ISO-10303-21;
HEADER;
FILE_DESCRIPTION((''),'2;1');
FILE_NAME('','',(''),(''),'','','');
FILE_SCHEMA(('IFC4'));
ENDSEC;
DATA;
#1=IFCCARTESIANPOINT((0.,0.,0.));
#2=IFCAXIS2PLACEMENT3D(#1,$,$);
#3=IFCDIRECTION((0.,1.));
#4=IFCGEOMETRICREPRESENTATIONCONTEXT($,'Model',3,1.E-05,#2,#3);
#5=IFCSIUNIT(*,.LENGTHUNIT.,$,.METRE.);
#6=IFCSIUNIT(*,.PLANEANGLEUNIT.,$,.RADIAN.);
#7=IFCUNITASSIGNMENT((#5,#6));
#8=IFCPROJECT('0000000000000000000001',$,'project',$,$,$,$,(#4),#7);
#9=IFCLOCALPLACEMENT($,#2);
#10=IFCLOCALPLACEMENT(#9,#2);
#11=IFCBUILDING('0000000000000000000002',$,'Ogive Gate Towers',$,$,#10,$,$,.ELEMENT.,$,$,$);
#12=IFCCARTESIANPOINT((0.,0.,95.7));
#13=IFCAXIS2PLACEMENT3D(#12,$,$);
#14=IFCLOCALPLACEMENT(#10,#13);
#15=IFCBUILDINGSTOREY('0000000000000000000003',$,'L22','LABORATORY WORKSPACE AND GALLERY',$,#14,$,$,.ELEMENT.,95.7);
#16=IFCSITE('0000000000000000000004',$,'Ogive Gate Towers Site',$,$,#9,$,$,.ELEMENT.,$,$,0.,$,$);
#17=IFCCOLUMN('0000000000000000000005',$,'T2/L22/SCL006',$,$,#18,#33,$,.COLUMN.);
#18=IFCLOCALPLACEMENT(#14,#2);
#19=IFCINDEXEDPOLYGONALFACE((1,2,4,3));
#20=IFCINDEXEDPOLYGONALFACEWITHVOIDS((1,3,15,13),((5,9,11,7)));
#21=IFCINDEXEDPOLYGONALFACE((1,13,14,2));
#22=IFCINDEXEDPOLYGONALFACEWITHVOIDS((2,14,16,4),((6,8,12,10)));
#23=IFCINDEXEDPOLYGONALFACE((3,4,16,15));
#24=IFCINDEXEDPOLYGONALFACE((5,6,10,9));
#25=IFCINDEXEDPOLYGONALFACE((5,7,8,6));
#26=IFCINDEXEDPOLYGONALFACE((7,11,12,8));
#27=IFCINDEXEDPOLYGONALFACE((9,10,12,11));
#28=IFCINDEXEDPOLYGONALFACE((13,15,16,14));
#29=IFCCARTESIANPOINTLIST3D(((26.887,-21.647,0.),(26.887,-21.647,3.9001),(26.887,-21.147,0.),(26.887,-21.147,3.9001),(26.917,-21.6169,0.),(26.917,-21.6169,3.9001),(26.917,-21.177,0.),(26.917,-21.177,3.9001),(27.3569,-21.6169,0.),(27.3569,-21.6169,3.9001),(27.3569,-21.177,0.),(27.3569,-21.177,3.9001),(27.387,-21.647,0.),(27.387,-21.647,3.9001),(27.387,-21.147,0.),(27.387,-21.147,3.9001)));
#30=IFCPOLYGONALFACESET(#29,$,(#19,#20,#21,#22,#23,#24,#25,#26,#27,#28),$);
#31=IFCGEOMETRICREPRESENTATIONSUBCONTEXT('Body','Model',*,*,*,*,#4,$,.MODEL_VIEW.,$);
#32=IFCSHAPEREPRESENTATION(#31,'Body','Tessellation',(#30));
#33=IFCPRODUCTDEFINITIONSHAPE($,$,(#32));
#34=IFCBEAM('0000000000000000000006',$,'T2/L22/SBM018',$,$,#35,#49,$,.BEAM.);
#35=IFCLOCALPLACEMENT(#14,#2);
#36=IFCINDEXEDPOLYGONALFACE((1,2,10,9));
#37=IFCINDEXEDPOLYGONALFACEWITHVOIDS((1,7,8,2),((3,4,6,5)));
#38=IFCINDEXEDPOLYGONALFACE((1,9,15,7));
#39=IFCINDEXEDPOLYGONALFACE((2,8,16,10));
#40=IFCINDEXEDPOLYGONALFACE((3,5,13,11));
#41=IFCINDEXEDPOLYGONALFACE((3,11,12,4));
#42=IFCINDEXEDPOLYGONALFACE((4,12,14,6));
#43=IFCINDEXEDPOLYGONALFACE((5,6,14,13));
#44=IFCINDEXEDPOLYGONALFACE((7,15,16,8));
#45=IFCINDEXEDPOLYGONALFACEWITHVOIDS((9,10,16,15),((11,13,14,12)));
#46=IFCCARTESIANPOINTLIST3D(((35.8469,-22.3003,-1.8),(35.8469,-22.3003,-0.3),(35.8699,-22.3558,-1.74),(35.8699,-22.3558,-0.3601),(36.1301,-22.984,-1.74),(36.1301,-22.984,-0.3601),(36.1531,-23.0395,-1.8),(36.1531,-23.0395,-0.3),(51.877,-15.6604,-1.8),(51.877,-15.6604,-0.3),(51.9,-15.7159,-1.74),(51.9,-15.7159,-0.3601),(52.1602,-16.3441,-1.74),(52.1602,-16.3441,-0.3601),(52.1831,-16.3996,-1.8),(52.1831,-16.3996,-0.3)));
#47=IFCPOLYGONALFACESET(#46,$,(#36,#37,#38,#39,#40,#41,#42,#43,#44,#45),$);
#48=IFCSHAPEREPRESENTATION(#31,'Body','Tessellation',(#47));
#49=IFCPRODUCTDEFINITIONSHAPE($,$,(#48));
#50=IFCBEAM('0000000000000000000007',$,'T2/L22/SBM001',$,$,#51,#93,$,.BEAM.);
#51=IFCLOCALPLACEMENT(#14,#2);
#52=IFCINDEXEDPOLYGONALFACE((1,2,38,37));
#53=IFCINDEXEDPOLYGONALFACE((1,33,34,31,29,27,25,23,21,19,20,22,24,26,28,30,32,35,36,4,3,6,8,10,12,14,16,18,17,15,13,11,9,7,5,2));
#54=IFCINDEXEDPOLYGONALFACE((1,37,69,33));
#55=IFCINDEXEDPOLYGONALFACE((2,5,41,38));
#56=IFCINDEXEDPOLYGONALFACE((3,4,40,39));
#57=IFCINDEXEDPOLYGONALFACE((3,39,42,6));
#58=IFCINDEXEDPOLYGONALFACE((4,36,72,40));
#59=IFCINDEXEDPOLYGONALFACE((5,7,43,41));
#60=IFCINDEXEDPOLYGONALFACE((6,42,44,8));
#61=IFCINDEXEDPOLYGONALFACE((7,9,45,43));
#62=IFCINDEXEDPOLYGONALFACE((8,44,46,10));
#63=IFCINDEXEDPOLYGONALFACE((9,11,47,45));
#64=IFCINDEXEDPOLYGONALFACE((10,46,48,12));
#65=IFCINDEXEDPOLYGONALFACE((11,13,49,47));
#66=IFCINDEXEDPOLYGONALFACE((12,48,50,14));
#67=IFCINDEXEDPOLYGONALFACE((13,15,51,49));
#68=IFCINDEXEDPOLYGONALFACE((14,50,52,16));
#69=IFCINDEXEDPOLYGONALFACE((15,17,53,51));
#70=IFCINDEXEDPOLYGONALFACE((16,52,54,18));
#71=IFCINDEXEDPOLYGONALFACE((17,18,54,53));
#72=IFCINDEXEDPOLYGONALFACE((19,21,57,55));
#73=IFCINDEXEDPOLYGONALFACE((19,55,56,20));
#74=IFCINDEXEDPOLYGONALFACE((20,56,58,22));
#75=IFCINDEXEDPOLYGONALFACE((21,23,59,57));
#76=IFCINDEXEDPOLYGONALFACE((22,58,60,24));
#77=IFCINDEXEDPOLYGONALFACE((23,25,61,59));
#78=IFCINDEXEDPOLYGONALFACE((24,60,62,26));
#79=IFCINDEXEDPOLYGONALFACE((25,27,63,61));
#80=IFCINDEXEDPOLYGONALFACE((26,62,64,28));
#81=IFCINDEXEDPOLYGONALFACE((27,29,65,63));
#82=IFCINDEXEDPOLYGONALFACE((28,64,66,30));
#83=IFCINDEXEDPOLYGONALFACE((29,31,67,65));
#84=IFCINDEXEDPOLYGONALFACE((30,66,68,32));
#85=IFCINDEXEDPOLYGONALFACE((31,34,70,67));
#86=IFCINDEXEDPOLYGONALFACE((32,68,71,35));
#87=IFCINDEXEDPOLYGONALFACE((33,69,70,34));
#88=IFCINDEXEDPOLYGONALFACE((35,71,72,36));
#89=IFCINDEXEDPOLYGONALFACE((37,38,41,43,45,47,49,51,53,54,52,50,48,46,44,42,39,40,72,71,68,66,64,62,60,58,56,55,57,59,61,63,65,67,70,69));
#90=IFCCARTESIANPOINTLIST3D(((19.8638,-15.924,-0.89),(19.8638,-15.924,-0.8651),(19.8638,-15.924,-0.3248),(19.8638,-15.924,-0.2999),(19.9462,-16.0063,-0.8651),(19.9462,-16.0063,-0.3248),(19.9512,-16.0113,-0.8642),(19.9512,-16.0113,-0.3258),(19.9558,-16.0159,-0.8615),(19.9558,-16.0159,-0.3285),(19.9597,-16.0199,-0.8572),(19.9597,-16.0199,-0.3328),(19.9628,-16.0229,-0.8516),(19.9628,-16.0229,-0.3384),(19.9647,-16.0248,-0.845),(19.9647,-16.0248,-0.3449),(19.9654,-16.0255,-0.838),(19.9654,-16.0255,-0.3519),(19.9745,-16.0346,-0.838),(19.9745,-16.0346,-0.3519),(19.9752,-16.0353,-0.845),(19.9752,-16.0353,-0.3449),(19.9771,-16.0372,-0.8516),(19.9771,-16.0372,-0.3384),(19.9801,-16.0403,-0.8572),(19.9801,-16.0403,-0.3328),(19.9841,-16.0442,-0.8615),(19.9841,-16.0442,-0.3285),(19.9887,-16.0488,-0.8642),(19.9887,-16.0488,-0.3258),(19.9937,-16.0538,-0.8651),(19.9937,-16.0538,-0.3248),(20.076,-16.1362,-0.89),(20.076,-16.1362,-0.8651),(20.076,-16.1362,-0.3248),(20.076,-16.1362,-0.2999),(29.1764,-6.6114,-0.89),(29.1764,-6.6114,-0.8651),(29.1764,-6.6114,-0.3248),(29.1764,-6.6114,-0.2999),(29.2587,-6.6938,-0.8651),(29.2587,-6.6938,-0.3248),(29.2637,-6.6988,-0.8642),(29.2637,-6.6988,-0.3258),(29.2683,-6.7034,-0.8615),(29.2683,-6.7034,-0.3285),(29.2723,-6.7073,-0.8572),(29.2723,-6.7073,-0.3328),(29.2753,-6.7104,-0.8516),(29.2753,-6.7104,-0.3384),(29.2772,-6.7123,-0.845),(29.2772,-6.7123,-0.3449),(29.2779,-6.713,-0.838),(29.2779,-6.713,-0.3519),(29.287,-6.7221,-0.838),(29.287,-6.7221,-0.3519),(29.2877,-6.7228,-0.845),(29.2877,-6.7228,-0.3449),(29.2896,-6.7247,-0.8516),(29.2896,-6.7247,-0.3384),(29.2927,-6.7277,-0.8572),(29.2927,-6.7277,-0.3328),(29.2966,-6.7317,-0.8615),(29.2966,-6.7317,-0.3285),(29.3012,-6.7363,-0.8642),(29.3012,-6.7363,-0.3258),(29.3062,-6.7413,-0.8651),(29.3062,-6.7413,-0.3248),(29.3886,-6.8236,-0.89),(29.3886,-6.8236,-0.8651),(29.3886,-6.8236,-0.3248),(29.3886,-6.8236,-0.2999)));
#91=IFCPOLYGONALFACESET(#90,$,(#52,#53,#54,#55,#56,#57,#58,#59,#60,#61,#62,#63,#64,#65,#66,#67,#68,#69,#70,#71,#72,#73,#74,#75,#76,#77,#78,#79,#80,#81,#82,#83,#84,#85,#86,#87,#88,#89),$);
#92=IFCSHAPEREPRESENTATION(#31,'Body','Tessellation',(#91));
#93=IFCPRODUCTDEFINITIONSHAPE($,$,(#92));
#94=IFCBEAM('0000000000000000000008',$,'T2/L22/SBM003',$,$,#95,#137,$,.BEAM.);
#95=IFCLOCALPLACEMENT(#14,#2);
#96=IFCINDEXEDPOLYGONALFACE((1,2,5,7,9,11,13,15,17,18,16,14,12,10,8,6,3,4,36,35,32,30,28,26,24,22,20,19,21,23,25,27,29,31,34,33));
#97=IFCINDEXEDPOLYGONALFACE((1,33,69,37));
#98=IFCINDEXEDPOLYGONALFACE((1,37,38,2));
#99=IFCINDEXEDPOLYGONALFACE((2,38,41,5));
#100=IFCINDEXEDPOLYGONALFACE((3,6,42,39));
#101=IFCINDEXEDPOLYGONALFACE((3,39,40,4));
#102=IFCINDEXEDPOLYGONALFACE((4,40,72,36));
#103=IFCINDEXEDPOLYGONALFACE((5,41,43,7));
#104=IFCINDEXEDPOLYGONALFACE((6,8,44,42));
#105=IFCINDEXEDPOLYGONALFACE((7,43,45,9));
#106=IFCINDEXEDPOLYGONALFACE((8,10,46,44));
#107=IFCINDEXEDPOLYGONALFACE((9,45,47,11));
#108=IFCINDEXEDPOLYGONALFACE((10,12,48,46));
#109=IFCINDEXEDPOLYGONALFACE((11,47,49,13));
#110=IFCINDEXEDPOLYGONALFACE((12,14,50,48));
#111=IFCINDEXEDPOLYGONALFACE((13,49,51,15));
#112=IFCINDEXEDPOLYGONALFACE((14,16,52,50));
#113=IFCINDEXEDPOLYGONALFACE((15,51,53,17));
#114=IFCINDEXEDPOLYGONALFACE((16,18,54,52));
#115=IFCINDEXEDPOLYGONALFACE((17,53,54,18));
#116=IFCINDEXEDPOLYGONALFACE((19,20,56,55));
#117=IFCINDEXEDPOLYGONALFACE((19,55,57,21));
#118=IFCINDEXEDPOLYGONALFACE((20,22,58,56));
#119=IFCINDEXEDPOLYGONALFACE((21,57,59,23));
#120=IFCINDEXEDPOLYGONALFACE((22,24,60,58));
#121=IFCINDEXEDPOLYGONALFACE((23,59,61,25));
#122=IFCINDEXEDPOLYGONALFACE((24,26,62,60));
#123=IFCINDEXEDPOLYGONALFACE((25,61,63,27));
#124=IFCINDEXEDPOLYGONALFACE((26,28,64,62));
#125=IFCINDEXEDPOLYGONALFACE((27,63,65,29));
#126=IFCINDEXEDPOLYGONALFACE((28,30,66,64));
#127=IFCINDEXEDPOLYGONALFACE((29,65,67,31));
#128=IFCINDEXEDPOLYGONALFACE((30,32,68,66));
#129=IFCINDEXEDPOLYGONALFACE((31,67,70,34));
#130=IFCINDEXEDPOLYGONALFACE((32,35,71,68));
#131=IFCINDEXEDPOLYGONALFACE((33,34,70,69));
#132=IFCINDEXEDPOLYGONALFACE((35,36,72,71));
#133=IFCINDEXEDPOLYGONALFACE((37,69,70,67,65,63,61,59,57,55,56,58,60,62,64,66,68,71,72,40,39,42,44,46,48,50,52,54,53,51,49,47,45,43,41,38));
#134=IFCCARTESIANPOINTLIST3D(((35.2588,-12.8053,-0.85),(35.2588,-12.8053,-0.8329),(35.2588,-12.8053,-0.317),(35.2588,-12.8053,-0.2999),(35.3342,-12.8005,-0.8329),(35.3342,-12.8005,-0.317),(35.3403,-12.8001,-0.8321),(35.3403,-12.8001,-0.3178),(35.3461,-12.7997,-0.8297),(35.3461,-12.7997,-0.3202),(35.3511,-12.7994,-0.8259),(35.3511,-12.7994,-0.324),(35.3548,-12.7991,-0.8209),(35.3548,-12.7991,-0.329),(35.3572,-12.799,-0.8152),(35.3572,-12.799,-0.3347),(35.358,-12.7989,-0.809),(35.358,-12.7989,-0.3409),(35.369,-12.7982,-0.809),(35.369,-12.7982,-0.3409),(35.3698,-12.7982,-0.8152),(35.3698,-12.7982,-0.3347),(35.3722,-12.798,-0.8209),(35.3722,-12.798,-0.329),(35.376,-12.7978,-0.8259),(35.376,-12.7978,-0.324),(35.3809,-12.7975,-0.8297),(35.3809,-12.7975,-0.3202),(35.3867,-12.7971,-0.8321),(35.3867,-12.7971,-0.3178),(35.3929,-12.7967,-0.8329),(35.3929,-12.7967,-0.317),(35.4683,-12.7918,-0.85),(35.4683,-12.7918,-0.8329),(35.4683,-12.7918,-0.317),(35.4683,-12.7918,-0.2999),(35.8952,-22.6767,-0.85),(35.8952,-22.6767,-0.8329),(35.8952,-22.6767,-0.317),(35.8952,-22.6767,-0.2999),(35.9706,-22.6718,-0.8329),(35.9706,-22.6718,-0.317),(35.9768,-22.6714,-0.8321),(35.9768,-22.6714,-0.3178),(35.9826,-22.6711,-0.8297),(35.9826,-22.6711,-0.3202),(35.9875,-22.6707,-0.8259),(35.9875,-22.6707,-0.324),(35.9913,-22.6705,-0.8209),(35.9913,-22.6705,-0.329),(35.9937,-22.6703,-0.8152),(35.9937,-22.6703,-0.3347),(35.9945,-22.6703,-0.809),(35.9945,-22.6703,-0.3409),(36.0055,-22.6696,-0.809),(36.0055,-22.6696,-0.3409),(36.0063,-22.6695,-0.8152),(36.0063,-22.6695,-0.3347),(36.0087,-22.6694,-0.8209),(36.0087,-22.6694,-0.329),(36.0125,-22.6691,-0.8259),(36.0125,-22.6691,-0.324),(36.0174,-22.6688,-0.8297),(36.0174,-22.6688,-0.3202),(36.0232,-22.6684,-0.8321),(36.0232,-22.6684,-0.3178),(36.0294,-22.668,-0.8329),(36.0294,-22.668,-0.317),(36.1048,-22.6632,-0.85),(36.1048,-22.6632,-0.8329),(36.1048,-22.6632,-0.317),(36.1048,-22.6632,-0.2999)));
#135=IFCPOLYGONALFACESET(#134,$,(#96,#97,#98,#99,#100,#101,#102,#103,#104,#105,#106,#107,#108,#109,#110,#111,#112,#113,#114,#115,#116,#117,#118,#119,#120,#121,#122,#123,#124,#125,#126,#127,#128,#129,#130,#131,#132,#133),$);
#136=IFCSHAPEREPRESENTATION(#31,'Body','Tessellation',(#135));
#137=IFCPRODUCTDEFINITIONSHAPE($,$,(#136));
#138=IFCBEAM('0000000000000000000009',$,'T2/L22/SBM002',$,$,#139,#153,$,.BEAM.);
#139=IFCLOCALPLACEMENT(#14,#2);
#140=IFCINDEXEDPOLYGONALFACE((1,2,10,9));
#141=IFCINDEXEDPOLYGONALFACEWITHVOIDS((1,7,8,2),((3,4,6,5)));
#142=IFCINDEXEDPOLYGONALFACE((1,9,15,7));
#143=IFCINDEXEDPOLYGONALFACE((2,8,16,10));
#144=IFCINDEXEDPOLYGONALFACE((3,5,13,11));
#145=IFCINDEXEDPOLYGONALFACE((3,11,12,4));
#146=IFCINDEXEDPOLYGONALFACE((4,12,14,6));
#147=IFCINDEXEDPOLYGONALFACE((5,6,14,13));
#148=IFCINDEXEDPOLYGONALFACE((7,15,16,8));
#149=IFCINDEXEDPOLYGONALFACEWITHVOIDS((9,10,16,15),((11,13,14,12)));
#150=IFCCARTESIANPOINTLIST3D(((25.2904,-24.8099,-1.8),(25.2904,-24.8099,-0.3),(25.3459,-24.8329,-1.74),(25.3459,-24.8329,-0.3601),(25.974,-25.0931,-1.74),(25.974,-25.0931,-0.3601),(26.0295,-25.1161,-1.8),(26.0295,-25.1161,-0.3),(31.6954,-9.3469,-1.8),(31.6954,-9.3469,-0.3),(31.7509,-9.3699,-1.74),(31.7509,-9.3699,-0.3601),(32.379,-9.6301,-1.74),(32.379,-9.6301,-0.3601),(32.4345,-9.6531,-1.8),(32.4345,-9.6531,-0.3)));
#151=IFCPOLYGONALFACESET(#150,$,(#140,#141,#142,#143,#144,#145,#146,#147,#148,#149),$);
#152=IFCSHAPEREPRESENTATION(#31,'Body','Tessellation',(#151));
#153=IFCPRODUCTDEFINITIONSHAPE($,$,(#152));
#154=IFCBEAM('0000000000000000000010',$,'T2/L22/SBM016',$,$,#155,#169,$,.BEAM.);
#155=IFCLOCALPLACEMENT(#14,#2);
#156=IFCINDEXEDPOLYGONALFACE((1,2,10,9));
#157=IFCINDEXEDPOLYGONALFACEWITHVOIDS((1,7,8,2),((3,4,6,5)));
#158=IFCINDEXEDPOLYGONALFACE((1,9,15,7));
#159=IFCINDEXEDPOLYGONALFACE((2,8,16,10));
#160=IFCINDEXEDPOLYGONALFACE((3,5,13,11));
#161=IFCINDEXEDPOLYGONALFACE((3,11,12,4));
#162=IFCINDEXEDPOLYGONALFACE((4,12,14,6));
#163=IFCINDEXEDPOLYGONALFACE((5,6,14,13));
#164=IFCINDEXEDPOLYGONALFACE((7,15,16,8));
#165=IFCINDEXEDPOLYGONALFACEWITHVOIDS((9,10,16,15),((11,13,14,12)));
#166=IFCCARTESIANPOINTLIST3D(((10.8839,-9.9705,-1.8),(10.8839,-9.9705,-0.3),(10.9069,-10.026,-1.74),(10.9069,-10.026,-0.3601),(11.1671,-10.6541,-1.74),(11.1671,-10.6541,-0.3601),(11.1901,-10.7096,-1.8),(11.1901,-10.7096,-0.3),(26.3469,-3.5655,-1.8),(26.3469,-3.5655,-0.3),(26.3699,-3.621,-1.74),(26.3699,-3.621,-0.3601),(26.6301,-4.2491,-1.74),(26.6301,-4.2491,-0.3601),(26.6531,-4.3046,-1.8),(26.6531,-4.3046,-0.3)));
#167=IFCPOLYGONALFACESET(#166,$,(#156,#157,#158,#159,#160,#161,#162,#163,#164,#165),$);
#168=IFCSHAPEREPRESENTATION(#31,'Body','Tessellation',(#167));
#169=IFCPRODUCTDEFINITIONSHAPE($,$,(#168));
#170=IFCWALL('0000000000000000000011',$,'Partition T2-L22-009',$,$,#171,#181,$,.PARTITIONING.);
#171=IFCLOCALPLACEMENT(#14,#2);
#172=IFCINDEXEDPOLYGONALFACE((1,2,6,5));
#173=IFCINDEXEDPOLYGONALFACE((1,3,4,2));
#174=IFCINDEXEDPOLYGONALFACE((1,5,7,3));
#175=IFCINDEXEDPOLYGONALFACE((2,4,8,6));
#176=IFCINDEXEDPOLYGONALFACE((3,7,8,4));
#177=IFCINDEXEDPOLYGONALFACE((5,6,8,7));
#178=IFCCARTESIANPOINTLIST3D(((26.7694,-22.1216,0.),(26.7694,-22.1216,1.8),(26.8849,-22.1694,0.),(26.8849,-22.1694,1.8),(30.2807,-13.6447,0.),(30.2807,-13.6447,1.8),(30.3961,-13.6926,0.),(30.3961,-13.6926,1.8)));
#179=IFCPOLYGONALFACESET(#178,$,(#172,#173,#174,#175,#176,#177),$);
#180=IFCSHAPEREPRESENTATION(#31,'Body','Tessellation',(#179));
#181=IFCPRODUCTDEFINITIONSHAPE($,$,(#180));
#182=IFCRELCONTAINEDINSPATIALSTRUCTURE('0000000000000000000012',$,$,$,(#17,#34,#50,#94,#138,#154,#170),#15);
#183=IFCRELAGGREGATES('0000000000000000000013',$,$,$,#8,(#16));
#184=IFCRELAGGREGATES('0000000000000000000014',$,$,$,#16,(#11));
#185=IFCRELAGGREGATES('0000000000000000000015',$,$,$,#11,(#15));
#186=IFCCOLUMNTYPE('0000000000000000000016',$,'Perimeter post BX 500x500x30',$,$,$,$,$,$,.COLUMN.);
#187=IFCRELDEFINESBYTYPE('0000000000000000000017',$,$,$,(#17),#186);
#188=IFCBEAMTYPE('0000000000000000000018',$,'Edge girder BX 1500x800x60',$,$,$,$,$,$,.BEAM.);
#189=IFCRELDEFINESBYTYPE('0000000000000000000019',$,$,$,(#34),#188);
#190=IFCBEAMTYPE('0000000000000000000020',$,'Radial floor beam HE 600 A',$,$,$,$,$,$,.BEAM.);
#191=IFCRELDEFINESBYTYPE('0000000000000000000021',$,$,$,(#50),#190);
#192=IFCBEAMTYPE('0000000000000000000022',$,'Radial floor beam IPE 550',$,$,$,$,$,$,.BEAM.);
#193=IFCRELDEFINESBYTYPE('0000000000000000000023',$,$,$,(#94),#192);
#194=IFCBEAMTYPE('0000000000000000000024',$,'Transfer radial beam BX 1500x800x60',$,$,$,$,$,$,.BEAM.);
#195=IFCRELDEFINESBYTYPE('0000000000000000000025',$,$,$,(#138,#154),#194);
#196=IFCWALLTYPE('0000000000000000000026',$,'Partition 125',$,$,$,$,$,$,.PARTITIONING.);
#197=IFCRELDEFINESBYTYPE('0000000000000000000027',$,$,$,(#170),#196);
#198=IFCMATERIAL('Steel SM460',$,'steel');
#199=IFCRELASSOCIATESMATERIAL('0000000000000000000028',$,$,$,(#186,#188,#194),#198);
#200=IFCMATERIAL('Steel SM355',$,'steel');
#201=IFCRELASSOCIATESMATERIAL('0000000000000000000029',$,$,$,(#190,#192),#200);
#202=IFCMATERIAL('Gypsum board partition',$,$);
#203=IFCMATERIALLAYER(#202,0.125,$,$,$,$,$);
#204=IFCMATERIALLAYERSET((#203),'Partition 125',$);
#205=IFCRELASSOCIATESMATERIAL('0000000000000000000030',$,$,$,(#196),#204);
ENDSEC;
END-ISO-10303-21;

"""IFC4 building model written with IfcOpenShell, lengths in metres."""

from ifc_helpers import new_model, si_unit, direction, frame, frame_2d, origin, origin_2d, place, context, subcontext, project, spatial, rectangle, hollow_rectangle, i_section, extrude, material, layer, layer_set, material_profile, profile_set, type_object, element, save


model = new_model("IFC4")

# Units and contexts
model_context = context("Model", 3, precision=1e-05, world=origin(), true_north=direction((0.0, 1.0)))
body_context = subcontext(model_context, "Body", "Model", "MODEL_VIEW")
ifc_project = project(units=[si_unit("LENGTHUNIT", "METRE"), si_unit("PLANEANGLEUNIT", "RADIAN")], contexts=[model_context])

# Site, building, storey
site_placement = place(None, origin())
site = spatial("IfcSite", under=ifc_project, at=site_placement, Name="Ogive Gate Towers Site", CompositionType="ELEMENT", RefElevation=0.0)
building_placement = place(site_placement, origin())
building = spatial("IfcBuilding", under=site, at=building_placement, Name="Ogive Gate Towers", CompositionType="ELEMENT")
storey_placement = place(building_placement, frame((0.0, 0.0, 95.7)))
storey = spatial("IfcBuildingStorey", under=building, at=storey_placement, Name="L22", Description="LABORATORY WORKSPACE AND GALLERY", CompositionType="ELEMENT", Elevation=95.7)

# Column
ifc_material_1 = material(Name="Steel SM460", Category="steel")
ifc_material_profile_1 = material_profile(ifc_material_1, hollow_rectangle(XDim=0.5, YDim=0.5, WallThickness=0.03, at=origin_2d()), Name="BX 500x500x30")
ifc_profile_set_1 = profile_set([ifc_material_profile_1], Name="Steel SM460")
column_type = type_object("IfcColumnType", Name="Perimeter post BX 500x500x30", PredefinedType="COLUMN", material=ifc_profile_set_1)
column_placement = place(storey_placement, frame((27.137, -21.397, 0.0), z_axis=(0.0, 0.0, 1.0), x_axis=(1.0, 0.0, 0.0)))
element("IfcColumn", 1, at=column_placement, inside=storey, type_object=column_type, Name="T2/L22/SCL006", PredefinedType="COLUMN", context=body_context, shape_type="SweptSolid", body=[
    extrude(hollow_rectangle(XDim=0.5, YDim=0.5, WallThickness=0.03, at=origin_2d()), origin(), (0.0, 0.0, 1.0), 3.9001),
])

# Beams
ifc_material_profile_2 = material_profile(ifc_material_1, hollow_rectangle(XDim=0.8, YDim=1.5, WallThickness=0.0601, at=origin_2d()), Name="BX 1500x800x60")
ifc_profile_set_2 = profile_set([ifc_material_profile_2], Name="Steel SM460")
beam_type_1 = type_object("IfcBeamType", Name="Edge girder BX 1500x800x60", PredefinedType="BEAM", material=ifc_profile_set_2)
beam_1_placement = place(storey_placement, frame((36.0, -22.6699, -1.05), z_axis=(0.923879, 0.382685, 0.0), x_axis=(-0.382685, 0.923879, 0.0)))
element("IfcBeam", 2, at=beam_1_placement, inside=storey, type_object=beam_type_1, Name="T2/L22/SBM018", PredefinedType="BEAM", context=body_context, shape_type="SweptSolid", body=[
    extrude(hollow_rectangle(XDim=0.8, YDim=1.5, WallThickness=0.0601, at=origin_2d()), origin(), (0.0, 0.0, 1.0), 17.3508),
])
ifc_material_2 = material(Name="Steel SM355", Category="steel")
ifc_material_profile_3 = material_profile(ifc_material_2, i_section(OverallWidth=0.3, OverallDepth=0.5901, WebThickness=0.0129, FlangeThickness=0.0249, FilletRadius=0.0271, at=origin_2d()), Name="HE 600 A")
ifc_profile_set_3 = profile_set([ifc_material_profile_3], Name="Steel SM355")
beam_type_2 = type_object("IfcBeamType", Name="Radial floor beam HE 600 A", PredefinedType="BEAM", material=ifc_profile_set_3)
beam_2_placement = place(storey_placement, frame((29.2825, -6.7175, -0.595), z_axis=(-0.707107, -0.707107, 0.0), x_axis=(0.707107, -0.707107, 0.0)))
element("IfcBeam", 3, at=beam_2_placement, inside=storey, type_object=beam_type_2, Name="T2/L22/SBM001", PredefinedType="BEAM", context=body_context, shape_type="SweptSolid", body=[
    extrude(i_section(OverallWidth=0.3, OverallDepth=0.5901, WebThickness=0.0129, FlangeThickness=0.0249, FilletRadius=0.0271, at=origin_2d()), origin(), (0.0, 0.0, 1.0), 13.1699),
])
ifc_material_profile_4 = material_profile(ifc_material_2, i_section(OverallWidth=0.21, OverallDepth=0.55, WebThickness=0.011, FlangeThickness=0.0171, FilletRadius=0.0239, at=origin_2d()), Name="IPE 550")
ifc_profile_set_4 = profile_set([ifc_material_profile_4], Name="Steel SM355")
beam_type_3 = type_object("IfcBeamType", Name="Radial floor beam IPE 550", PredefinedType="BEAM", material=ifc_profile_set_4)
beam_3_placement = place(storey_placement, frame((35.3635, -12.7986, -0.575), z_axis=(0.064343, -0.997928, 0.0), x_axis=(0.997928, 0.064343, 0.0)))
element("IfcBeam", 4, at=beam_3_placement, inside=storey, type_object=beam_type_3, Name="T2/L22/SBM003", PredefinedType="BEAM", context=body_context, shape_type="SweptSolid", body=[
    extrude(i_section(OverallWidth=0.21, OverallDepth=0.55, WebThickness=0.011, FlangeThickness=0.0171, FilletRadius=0.0239, at=origin_2d()), origin(), (0.0, 0.0, 1.0), 9.8918),
])
ifc_material_profile_5 = material_profile(ifc_material_1, hollow_rectangle(XDim=0.8, YDim=1.5, WallThickness=0.0601, at=origin_2d()), Name="BX 1500x800x60")
ifc_profile_set_5 = profile_set([ifc_material_profile_5], Name="Steel SM460")
beam_type_4 = type_object("IfcBeamType", Name="Transfer radial beam BX 1500x800x60", PredefinedType="BEAM", material=ifc_profile_set_5)
for number, where, z_axis, x_axis, name in (
    (5, (32.0649, -9.5, -1.05), (-0.382683, -0.92388, 0.0), (0.92388, -0.382683, 0.0), "T2/L22/SBM002"),
    (6, (26.5, -3.9351, -1.05), (-0.92388, -0.382683, 0.0), (0.382683, -0.92388, 0.0), "T2/L22/SBM016"),
):
    element("IfcBeam", number, at=place(storey_placement, frame(where, z_axis=z_axis, x_axis=x_axis)), inside=storey, type_object=beam_type_4, Name=name, PredefinedType="BEAM", context=body_context, shape_type="SweptSolid", body=[
        extrude(hollow_rectangle(XDim=0.8, YDim=1.5, WallThickness=0.0601, at=origin_2d()), origin(), (0.0, 0.0, 1.0), 16.7371),
    ])

# Wall
ifc_material_3 = material(Name="Gypsum board partition")
ifc_layer_1 = layer(ifc_material_3, 0.125)
ifc_layer_set_1 = layer_set([ifc_layer_1], Name="Partition 125")
wall_type_1 = type_object("IfcWallType", Name="Partition 125", PredefinedType="PARTITIONING", material=ifc_layer_set_1)
wall_1_placement = place(storey_placement, frame((26.8271, -22.1455, 0.0), z_axis=(0.0, 0.0, 1.0), x_axis=(0.382685, 0.923879, 0.0)))
element("IfcWall", 7, at=wall_1_placement, inside=storey, type_object=wall_type_1, Name="Partition T2-L22-009", PredefinedType="PARTITIONING", context=body_context, shape_type="SweptSolid", body=[
    extrude(rectangle(XDim=9.1753, YDim=0.125, at=frame_2d((4.5876, 0.0))), origin(), (0.0, 0.0, 1.0), 1.8),
])

save(model, "model.ifc")
